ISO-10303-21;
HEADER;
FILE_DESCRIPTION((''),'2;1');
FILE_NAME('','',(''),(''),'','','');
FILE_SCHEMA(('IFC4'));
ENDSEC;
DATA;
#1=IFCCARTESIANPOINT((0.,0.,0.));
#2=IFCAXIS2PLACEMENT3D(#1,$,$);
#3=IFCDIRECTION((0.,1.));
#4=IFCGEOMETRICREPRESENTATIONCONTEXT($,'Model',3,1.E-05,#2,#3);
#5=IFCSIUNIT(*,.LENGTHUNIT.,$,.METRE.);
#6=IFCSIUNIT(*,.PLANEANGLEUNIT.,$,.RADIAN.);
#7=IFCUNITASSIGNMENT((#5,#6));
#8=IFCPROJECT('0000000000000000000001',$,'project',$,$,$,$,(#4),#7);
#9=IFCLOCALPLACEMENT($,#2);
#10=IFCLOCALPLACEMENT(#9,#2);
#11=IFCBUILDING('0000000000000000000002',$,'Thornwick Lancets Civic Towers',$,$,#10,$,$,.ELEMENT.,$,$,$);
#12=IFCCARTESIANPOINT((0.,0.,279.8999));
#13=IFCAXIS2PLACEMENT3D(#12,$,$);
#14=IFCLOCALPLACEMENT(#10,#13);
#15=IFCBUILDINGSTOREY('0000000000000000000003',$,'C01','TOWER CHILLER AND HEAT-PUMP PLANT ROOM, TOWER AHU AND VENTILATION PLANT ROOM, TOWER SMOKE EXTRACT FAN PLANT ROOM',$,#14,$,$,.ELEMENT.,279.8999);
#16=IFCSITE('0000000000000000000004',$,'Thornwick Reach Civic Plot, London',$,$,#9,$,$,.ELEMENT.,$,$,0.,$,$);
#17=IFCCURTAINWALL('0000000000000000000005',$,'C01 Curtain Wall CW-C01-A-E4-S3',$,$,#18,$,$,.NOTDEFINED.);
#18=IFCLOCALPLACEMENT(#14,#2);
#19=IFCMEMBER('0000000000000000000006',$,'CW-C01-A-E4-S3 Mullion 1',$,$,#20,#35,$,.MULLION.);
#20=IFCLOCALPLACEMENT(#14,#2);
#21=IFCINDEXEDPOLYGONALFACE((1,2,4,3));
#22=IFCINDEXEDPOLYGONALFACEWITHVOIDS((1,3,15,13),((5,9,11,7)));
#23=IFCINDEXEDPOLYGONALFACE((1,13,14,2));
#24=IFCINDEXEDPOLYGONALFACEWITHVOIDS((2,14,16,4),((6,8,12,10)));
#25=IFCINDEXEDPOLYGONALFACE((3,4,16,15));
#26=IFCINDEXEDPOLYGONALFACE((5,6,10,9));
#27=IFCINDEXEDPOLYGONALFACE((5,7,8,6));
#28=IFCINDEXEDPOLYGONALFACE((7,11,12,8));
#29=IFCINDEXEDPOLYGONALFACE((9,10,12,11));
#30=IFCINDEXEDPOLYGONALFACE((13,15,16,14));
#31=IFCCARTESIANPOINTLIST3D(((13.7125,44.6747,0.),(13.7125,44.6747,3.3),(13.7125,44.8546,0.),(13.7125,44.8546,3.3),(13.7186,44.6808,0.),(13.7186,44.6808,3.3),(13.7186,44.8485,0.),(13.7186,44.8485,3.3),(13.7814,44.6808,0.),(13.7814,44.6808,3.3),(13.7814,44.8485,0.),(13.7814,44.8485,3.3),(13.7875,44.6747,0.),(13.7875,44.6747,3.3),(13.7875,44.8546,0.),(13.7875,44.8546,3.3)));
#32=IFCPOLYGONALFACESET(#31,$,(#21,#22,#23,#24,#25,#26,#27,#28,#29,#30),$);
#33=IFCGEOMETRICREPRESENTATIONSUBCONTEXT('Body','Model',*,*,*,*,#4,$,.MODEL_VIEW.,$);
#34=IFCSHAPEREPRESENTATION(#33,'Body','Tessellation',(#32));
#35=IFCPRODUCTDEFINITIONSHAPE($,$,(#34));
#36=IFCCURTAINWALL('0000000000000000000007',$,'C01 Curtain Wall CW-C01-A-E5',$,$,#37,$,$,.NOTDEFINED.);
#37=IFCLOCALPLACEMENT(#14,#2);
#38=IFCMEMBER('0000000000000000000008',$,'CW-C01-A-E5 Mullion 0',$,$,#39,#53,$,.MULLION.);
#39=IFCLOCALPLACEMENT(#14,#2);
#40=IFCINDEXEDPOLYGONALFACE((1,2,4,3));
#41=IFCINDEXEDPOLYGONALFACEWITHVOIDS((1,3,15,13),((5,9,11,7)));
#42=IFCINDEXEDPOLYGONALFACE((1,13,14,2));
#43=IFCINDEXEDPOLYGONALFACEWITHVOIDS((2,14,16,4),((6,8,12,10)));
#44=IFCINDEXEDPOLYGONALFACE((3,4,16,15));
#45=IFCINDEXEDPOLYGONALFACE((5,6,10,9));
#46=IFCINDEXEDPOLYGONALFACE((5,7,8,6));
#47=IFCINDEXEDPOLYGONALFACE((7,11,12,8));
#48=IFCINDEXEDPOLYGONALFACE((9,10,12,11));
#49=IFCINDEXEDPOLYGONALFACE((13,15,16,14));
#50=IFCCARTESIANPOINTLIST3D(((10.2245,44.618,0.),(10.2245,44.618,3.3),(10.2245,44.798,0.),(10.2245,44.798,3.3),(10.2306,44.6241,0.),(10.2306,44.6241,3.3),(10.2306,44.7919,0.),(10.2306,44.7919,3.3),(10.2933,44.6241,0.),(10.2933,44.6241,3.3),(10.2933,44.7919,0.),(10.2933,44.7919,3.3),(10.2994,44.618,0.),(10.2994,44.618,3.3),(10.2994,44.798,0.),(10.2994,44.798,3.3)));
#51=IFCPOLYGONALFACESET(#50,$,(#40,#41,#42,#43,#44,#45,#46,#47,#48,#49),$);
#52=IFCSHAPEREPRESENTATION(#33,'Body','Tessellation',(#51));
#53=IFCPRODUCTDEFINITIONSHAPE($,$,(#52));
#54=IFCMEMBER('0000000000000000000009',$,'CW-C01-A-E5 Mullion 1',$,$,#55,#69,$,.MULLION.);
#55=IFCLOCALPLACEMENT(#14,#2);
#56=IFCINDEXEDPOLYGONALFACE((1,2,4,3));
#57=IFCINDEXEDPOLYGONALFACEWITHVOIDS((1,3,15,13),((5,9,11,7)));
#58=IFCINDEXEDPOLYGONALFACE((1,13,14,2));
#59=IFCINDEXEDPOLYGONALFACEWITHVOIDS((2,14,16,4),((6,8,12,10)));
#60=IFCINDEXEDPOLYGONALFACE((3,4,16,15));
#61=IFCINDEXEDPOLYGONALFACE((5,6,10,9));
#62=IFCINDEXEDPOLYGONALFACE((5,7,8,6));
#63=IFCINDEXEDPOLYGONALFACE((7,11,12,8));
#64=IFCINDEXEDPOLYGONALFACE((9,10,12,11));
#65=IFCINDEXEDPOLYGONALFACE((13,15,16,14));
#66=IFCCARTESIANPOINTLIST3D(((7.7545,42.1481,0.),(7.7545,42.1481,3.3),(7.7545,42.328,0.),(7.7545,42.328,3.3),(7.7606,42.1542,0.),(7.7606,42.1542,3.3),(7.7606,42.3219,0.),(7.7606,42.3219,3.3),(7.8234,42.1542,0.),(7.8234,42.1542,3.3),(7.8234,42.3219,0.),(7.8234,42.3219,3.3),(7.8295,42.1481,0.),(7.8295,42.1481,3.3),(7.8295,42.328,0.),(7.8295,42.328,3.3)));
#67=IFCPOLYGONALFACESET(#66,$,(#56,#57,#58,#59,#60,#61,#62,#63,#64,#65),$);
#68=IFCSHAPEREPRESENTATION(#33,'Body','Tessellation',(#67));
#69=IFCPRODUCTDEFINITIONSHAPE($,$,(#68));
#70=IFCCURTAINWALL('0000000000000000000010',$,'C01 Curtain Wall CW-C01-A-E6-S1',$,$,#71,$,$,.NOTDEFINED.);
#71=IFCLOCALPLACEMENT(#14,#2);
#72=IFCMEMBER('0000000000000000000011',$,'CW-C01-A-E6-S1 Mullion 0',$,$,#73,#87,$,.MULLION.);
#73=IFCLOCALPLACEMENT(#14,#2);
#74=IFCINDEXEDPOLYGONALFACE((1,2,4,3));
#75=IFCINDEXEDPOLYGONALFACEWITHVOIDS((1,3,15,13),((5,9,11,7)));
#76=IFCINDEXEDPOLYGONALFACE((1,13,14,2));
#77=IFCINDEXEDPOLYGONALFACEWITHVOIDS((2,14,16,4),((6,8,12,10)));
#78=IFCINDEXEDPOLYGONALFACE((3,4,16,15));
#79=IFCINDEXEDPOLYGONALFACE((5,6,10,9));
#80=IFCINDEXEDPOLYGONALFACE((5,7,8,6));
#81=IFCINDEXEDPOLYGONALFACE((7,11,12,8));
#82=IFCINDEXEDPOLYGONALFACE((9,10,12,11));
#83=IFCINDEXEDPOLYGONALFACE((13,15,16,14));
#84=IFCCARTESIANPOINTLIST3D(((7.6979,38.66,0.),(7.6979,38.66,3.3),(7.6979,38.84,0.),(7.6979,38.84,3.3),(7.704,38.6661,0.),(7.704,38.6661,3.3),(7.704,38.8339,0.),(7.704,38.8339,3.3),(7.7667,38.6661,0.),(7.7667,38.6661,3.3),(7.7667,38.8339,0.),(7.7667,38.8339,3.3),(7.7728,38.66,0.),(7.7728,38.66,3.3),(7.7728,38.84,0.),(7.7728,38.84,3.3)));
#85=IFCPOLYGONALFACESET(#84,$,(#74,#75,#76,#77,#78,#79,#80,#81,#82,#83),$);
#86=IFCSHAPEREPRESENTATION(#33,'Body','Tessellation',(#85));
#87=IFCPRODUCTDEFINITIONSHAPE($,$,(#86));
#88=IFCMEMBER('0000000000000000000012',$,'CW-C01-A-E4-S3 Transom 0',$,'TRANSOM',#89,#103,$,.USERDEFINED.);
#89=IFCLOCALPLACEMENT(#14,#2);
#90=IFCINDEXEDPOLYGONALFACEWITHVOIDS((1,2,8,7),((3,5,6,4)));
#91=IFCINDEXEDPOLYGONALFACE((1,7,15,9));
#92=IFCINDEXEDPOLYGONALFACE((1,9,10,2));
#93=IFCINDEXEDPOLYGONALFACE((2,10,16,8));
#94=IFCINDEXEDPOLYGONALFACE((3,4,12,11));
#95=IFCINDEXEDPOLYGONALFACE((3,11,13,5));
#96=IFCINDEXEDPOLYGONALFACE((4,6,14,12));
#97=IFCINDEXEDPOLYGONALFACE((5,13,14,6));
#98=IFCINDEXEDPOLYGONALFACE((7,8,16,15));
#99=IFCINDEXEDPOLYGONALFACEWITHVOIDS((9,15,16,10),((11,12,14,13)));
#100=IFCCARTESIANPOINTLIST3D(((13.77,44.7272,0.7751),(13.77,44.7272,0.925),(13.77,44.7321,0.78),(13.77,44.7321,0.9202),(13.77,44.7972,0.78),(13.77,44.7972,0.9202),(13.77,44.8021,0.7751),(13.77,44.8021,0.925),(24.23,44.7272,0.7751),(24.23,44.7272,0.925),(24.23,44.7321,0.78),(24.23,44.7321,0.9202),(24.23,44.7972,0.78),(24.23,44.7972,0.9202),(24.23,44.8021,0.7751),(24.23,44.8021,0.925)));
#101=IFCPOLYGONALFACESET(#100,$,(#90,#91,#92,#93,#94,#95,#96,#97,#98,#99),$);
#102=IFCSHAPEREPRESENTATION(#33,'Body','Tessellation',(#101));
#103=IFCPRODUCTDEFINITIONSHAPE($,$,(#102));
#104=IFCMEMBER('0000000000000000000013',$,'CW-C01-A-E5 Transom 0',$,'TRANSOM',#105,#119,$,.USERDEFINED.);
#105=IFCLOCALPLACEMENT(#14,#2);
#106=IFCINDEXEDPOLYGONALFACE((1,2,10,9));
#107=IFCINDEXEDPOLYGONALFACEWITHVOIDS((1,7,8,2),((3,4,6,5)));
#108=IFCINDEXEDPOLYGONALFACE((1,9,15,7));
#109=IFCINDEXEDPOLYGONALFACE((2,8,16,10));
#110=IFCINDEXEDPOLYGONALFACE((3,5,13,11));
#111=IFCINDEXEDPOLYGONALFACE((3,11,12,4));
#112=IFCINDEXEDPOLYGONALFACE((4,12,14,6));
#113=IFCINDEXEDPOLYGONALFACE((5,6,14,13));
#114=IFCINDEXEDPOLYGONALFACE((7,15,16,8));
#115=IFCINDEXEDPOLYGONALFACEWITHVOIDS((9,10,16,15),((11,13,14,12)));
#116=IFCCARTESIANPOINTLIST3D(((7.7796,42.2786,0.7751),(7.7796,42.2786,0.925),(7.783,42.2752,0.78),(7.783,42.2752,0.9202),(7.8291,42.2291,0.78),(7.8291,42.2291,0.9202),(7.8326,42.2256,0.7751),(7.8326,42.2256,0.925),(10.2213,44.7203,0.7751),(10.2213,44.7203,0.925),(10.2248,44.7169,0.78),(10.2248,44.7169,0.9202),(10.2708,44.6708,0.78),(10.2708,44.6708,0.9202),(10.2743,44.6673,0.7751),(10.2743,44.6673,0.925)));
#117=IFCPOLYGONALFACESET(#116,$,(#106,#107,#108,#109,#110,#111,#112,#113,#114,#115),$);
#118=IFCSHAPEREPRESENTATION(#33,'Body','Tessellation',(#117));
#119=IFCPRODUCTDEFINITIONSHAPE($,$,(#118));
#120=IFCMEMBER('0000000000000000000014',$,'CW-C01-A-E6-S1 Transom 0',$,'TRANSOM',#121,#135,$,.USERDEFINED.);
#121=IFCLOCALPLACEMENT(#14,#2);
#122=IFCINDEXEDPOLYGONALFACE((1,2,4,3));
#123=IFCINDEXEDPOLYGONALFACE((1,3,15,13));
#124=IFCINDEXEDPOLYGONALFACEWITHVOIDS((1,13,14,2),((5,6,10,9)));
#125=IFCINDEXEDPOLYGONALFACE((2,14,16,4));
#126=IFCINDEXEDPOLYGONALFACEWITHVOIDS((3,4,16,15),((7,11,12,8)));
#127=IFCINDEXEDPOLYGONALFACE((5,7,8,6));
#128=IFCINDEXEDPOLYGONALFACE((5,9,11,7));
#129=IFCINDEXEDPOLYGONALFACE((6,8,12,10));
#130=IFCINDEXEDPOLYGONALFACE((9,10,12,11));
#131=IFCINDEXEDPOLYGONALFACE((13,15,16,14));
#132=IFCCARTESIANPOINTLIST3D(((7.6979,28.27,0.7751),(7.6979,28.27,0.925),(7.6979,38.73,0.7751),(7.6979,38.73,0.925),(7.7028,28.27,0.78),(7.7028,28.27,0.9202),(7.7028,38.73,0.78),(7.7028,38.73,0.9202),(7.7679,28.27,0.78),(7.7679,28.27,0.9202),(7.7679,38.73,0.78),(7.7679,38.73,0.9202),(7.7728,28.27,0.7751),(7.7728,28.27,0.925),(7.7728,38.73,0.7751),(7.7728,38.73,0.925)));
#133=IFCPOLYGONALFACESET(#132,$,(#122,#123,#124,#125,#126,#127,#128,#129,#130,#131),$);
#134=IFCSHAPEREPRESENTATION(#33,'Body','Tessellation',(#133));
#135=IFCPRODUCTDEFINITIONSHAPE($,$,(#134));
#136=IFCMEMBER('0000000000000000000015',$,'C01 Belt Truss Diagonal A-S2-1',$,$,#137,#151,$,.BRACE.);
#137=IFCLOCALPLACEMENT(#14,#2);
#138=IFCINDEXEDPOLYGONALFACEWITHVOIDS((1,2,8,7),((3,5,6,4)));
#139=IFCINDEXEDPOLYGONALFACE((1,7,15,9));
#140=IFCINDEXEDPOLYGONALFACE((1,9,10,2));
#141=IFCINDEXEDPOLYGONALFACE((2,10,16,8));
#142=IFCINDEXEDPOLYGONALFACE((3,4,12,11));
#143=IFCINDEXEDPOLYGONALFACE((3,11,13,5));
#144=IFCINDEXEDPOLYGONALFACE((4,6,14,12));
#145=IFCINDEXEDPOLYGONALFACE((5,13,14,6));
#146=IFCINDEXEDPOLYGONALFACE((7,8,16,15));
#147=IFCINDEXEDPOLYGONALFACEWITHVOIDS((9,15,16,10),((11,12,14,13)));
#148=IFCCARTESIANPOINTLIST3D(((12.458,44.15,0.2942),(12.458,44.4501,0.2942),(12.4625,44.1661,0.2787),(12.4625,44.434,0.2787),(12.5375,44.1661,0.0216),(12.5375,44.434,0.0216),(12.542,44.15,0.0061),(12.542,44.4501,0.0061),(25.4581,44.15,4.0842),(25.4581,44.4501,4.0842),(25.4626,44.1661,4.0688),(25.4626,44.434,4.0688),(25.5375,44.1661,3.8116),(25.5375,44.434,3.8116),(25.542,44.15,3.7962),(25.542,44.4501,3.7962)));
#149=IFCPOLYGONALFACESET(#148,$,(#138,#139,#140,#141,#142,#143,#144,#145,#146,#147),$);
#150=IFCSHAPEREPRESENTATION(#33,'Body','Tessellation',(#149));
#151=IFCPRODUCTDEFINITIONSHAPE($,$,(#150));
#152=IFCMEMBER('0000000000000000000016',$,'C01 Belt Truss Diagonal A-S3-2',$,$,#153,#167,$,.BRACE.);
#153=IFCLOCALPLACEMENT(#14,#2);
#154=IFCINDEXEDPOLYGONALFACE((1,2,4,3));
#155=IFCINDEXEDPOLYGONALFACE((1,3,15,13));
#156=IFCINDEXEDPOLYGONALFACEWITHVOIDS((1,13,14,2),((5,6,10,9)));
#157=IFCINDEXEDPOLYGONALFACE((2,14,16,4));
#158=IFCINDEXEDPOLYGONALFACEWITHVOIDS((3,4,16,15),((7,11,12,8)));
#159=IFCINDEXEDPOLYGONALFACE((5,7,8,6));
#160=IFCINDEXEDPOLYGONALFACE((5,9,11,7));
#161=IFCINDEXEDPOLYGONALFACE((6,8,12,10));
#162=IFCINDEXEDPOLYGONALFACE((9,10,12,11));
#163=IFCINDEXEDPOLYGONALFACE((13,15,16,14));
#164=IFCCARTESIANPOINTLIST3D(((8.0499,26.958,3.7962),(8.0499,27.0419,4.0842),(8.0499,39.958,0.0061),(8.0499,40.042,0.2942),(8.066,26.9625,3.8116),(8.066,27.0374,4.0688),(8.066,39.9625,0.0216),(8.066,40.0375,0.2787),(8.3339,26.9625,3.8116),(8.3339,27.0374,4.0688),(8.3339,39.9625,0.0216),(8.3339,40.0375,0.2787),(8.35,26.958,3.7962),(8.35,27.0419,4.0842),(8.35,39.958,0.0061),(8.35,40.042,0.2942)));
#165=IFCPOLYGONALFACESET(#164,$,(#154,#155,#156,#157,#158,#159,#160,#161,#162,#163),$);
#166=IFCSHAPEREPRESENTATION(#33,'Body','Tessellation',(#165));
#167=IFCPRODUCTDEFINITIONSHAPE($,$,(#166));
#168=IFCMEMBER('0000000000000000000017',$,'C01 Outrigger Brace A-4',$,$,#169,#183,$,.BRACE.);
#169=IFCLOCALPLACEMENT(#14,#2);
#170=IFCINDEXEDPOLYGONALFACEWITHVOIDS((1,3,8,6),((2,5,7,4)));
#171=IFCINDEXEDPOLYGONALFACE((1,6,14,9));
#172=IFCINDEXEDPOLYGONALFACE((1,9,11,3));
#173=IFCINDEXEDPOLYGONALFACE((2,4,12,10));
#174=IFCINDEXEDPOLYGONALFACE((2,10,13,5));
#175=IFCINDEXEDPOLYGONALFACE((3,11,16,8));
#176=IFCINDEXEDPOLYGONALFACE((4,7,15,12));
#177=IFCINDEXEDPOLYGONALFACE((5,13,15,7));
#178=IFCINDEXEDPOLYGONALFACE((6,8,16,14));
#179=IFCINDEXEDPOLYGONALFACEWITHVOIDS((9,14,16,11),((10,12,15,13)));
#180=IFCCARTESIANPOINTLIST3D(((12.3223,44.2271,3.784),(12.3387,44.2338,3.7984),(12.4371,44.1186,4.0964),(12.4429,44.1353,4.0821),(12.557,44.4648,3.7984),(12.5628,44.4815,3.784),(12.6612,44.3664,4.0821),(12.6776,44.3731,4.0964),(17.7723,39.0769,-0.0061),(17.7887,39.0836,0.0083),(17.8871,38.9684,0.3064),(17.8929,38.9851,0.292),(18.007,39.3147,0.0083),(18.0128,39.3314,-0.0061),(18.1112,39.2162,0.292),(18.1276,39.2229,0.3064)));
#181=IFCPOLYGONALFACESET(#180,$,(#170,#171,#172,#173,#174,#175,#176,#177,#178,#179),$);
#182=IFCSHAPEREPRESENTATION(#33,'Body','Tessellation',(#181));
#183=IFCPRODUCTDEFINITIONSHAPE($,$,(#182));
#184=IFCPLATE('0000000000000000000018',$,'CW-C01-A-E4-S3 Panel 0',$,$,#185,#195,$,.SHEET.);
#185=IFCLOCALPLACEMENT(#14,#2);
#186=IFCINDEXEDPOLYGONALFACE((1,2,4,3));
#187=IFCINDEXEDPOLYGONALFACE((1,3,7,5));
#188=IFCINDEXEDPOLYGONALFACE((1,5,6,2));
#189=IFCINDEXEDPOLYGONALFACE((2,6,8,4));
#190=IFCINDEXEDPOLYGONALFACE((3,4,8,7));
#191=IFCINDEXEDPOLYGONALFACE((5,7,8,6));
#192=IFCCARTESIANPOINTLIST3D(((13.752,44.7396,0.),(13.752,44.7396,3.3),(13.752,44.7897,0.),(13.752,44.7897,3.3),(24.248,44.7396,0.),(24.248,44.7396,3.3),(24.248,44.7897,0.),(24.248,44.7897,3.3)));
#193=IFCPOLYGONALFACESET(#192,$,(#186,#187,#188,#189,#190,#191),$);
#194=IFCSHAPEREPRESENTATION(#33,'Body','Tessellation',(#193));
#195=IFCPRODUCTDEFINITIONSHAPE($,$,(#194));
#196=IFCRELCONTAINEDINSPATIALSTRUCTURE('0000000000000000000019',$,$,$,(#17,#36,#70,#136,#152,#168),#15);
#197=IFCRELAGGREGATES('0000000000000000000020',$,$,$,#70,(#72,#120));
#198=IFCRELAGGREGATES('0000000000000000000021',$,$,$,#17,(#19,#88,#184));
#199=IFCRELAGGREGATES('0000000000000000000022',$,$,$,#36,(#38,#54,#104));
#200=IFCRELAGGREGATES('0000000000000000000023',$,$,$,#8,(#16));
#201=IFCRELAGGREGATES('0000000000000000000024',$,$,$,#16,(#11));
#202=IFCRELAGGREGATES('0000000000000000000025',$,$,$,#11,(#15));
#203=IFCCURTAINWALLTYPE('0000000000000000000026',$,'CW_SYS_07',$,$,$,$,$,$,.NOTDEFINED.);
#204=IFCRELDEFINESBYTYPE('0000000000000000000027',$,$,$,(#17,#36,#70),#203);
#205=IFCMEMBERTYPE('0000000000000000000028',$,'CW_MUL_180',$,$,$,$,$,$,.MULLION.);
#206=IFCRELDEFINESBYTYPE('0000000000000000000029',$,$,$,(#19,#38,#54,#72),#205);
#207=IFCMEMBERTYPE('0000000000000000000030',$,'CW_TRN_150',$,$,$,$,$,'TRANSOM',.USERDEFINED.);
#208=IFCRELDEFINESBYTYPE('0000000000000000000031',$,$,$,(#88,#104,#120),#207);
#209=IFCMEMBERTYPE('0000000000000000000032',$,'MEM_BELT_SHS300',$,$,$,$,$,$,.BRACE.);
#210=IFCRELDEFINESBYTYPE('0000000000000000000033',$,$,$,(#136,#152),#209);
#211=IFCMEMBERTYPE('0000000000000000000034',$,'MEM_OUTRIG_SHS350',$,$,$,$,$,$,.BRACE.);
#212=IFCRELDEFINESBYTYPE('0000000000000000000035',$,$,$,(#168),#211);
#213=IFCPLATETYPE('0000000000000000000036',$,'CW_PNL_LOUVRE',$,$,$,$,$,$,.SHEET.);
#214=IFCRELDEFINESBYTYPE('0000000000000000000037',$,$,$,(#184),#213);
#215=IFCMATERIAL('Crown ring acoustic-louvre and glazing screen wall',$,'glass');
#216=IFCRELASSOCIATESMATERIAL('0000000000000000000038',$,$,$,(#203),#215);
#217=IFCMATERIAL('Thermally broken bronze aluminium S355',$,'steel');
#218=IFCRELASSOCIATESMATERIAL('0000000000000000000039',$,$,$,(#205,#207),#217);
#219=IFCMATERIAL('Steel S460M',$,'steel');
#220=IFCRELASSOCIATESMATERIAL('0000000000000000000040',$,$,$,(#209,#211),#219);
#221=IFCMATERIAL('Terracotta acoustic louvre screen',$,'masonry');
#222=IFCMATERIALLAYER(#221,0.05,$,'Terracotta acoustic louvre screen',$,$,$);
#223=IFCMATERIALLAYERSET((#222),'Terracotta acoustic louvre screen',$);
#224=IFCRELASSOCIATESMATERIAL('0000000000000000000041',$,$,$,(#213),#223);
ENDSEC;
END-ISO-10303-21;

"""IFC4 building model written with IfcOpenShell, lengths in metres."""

from ifc_helpers import new_model, si_unit, direction, frame, origin, origin_2d, place, context, subcontext, project, spatial, rectangle, hollow_rectangle, extrude, material, layer, layer_set, material_profile, profile_set, type_object, element, aggregate, save


model = new_model("IFC4")

# Units and contexts
model_context = context("Model", 3, precision=1e-05, world=origin(), true_north=direction((0.0, 1.0)))
body_context = subcontext(model_context, "Body", "Model", "MODEL_VIEW")
ifc_project = project(units=[si_unit("LENGTHUNIT", "METRE"), si_unit("PLANEANGLEUNIT", "RADIAN")], contexts=[model_context])

# Site, building, storey
site_placement = place(None, origin())
site = spatial("IfcSite", under=ifc_project, at=site_placement, Name="Thornwick Reach Civic Plot, London", CompositionType="ELEMENT", RefElevation=0.0)
building_placement = place(site_placement, origin())
building = spatial("IfcBuilding", under=site, at=building_placement, Name="Thornwick Lancets Civic Towers", CompositionType="ELEMENT")
storey_placement = place(building_placement, frame((0.0, 0.0, 279.8999)))
storey = spatial("IfcBuildingStorey", under=building, at=storey_placement, Name="C01", Description="TOWER CHILLER AND HEAT-PUMP PLANT ROOM, TOWER AHU AND VENTILATION PLANT ROOM, TOWER SMOKE EXTRACT FAN PLANT ROOM", CompositionType="ELEMENT", Elevation=279.8999)

# Shared definitions
ifc_material_1 = material(Name="Steel S460M", Category="steel")

# Curtain walls, members
ifc_material_2 = material(Name="Crown ring acoustic-louvre and glazing screen wall", Category="glass")
curtain_wall_type = type_object("IfcCurtainWallType", Name="CW_SYS_07", PredefinedType="NOTDEFINED", material=ifc_material_2)
curtain_wall_1_placement = place(storey_placement, origin())
curtain_wall_1 = element("IfcCurtainWall", 1, at=curtain_wall_1_placement, inside=storey, type_object=curtain_wall_type, Name="C01 Curtain Wall CW-C01-A-E4-S3", PredefinedType="NOTDEFINED")
ifc_material_3 = material(Name="Thermally broken bronze aluminium S355", Category="steel")
ifc_material_profile_1 = material_profile(ifc_material_3, hollow_rectangle(XDim=0.075, YDim=0.1799, WallThickness=0.0061, at=origin_2d()), Name="RHS 180x75x6")
ifc_profile_set_1 = profile_set([ifc_material_profile_1], Name="Thermally broken bronze aluminium S355")
member_type_1 = type_object("IfcMemberType", Name="CW_MUL_180", PredefinedType="MULLION", material=ifc_profile_set_1)
member_1_placement = place(storey_placement, frame((13.75, 44.7646, 0.0), z_axis=(0.0, 0.0, 1.0), x_axis=(1.0, 0.0, 0.0)))
member_1 = element("IfcMember", 2, at=member_1_placement, type_object=member_type_1, Name="CW-C01-A-E4-S3 Mullion 1", PredefinedType="MULLION", context=body_context, shape_type="SweptSolid", body=[
    extrude(hollow_rectangle(XDim=0.075, YDim=0.1799, WallThickness=0.0061, at=origin_2d()), origin(), (0.0, 0.0, 1.0), 3.3),
])
curtain_wall_2_placement = place(storey_placement, origin())
curtain_wall_2 = element("IfcCurtainWall", 3, at=curtain_wall_2_placement, inside=storey, type_object=curtain_wall_type, Name="C01 Curtain Wall CW-C01-A-E5", PredefinedType="NOTDEFINED")
member_2_placement = place(storey_placement, frame((10.262, 44.708, 0.0), z_axis=(0.0, 0.0, 1.0), x_axis=(1.0, 0.0, 0.0)))
member_2 = element("IfcMember", 4, at=member_2_placement, type_object=member_type_1, Name="CW-C01-A-E5 Mullion 0", PredefinedType="MULLION", context=body_context, shape_type="SweptSolid", body=[
    extrude(hollow_rectangle(XDim=0.075, YDim=0.1799, WallThickness=0.0061, at=origin_2d()), origin(), (0.0, 0.0, 1.0), 3.3),
])
member_3_placement = place(storey_placement, frame((7.792, 42.238, 0.0), z_axis=(0.0, 0.0, 1.0), x_axis=(1.0, 0.0, 0.0)))
member_3 = element("IfcMember", 5, at=member_3_placement, type_object=member_type_1, Name="CW-C01-A-E5 Mullion 1", PredefinedType="MULLION", context=body_context, shape_type="SweptSolid", body=[
    extrude(hollow_rectangle(XDim=0.075, YDim=0.1799, WallThickness=0.0061, at=origin_2d()), origin(), (0.0, 0.0, 1.0), 3.3),
])

# Curtain wall, member
curtain_wall_3_placement = place(storey_placement, origin())
curtain_wall_3 = element("IfcCurtainWall", 6, at=curtain_wall_3_placement, inside=storey, type_object=curtain_wall_type, Name="C01 Curtain Wall CW-C01-A-E6-S1", PredefinedType="NOTDEFINED")
member_4_placement = place(storey_placement, frame((7.7354, 38.75, 0.0), z_axis=(0.0, 0.0, 1.0), x_axis=(1.0, 0.0, 0.0)))
member_4 = element("IfcMember", 7, at=member_4_placement, type_object=member_type_1, Name="CW-C01-A-E6-S1 Mullion 0", PredefinedType="MULLION", context=body_context, shape_type="SweptSolid", body=[
    extrude(hollow_rectangle(XDim=0.075, YDim=0.1799, WallThickness=0.0061, at=origin_2d()), origin(), (0.0, 0.0, 1.0), 3.3),
])

# Members
ifc_material_profile_2 = material_profile(ifc_material_3, hollow_rectangle(XDim=0.075, YDim=0.1499, WallThickness=0.0049, at=origin_2d()), Name="RHS 150x75x5")
ifc_profile_set_2 = profile_set([ifc_material_profile_2], Name="Thermally broken bronze aluminium S355")
member_type_2 = type_object("IfcMemberType", Name="CW_TRN_150", ElementType="TRANSOM", PredefinedType="USERDEFINED", material=ifc_profile_set_2)
member_5_placement = place(storey_placement, frame((24.23, 44.7646, 0.8501), z_axis=(-1.0, 0.0, 0.0), x_axis=(0.0, -1.0, 0.0)))
member_5 = element("IfcMember", 8, at=member_5_placement, type_object=member_type_2, Name="CW-C01-A-E4-S3 Transom 0", ObjectType="TRANSOM", PredefinedType="USERDEFINED", context=body_context, shape_type="SweptSolid", body=[
    extrude(hollow_rectangle(XDim=0.075, YDim=0.1499, WallThickness=0.0049, at=origin_2d()), origin(), (0.0, 0.0, 1.0), 10.46),
])
member_6_placement = place(storey_placement, frame((10.2478, 44.6938, 0.8501), z_axis=(-0.707107, -0.707107, 0.0), x_axis=(0.707107, -0.707107, 0.0)))
member_6 = element("IfcMember", 9, at=member_6_placement, type_object=member_type_2, Name="CW-C01-A-E5 Transom 0", ObjectType="TRANSOM", PredefinedType="USERDEFINED", context=body_context, shape_type="SweptSolid", body=[
    extrude(hollow_rectangle(XDim=0.075, YDim=0.1499, WallThickness=0.0049, at=origin_2d()), origin(), (0.0, 0.0, 1.0), 3.4531),
])
member_7_placement = place(storey_placement, frame((7.7354, 38.73, 0.8501), z_axis=(0.0, -1.0, 0.0), x_axis=(1.0, 0.0, 0.0)))
member_7 = element("IfcMember", 10, at=member_7_placement, type_object=member_type_2, Name="CW-C01-A-E6-S1 Transom 0", ObjectType="TRANSOM", PredefinedType="USERDEFINED", context=body_context, shape_type="SweptSolid", body=[
    extrude(hollow_rectangle(XDim=0.075, YDim=0.1499, WallThickness=0.0049, at=origin_2d()), origin(), (0.0, 0.0, 1.0), 10.46),
])
aggregate(curtain_wall_3, [member_4, member_7])

# Members
ifc_material_profile_3 = material_profile(ifc_material_1, hollow_rectangle(XDim=0.3, YDim=0.3, WallThickness=0.0161, at=origin_2d()), Name="SHS 300x300x16")
ifc_profile_set_3 = profile_set([ifc_material_profile_3], Name="Steel S460M")
member_type_3 = type_object("IfcMemberType", Name="MEM_BELT_SHS300", PredefinedType="BRACE", material=ifc_profile_set_3)
for number, where, z_axis, x_axis, name in (
    (11, (12.5, 44.3, 0.1501), (0.960032, 0.0, 0.279889), (0.0, 1.0, 0.0), "C01 Belt Truss Diagonal A-S2-1"),
    (12, (8.2, 40.0, 0.1501), (0.0, -0.960032, 0.279889), (1.0, 0.0, 0.0), "C01 Belt Truss Diagonal A-S3-2"),
):
    element("IfcMember", number, at=place(storey_placement, frame(where, z_axis=z_axis, x_axis=x_axis)), inside=storey, type_object=member_type_3, Name=name, PredefinedType="BRACE", context=body_context, shape_type="SweptSolid", body=[
        extrude(hollow_rectangle(XDim=0.3, YDim=0.3, WallThickness=0.0161, at=origin_2d()), origin(), (0.0, 0.0, 1.0), 13.5413),
    ])
ifc_material_profile_4 = material_profile(ifc_material_1, hollow_rectangle(XDim=0.3501, YDim=0.3501, WallThickness=0.0161, at=origin_2d()), Name="SHS 350x350x16")
ifc_profile_set_4 = profile_set([ifc_material_profile_4], Name="Steel S460M")
member_type_4 = type_object("IfcMemberType", Name="MEM_OUTRIG_SHS350", PredefinedType="BRACE", material=ifc_profile_set_4)
member_8_placement = place(storey_placement, frame((17.95, 39.1499, 0.1501), z_axis=(-0.648664, 0.612981, 0.451098), x_axis=(-0.686833, -0.726815, 0.0)))
element("IfcMember", 13, at=member_8_placement, inside=storey, type_object=member_type_4, Name="C01 Outrigger Brace A-4", PredefinedType="BRACE", context=body_context, shape_type="SweptSolid", body=[
    extrude(hollow_rectangle(XDim=0.3501, YDim=0.3501, WallThickness=0.0161, at=origin_2d()), origin(), (0.0, 0.0, 1.0), 8.4019),
])

# Plate
ifc_material_4 = material(Name="Terracotta acoustic louvre screen", Category="masonry")
ifc_layer_1 = layer(ifc_material_4, 0.05, Name="Terracotta acoustic louvre screen")
ifc_layer_set_1 = layer_set([ifc_layer_1], Name="Terracotta acoustic louvre screen")
plate_type_1 = type_object("IfcPlateType", Name="CW_PNL_LOUVRE", PredefinedType="SHEET", material=ifc_layer_set_1)
plate_1_placement = place(storey_placement, frame((19.0, 44.7646, 0.0), z_axis=(0.0, 0.0, 1.0), x_axis=(-1.0, 0.0, 0.0)))
plate_1 = element("IfcPlate", 14, at=plate_1_placement, type_object=plate_type_1, Name="CW-C01-A-E4-S3 Panel 0", PredefinedType="SHEET", context=body_context, shape_type="SweptSolid", body=[
    extrude(rectangle(XDim=10.4961, YDim=0.05, at=origin_2d()), origin(), (0.0, 0.0, 1.0), 3.3),
])
aggregate(curtain_wall_1, [member_1, member_5, plate_1])
aggregate(curtain_wall_2, [member_2, member_3, member_6])

save(model, "model.ifc")
